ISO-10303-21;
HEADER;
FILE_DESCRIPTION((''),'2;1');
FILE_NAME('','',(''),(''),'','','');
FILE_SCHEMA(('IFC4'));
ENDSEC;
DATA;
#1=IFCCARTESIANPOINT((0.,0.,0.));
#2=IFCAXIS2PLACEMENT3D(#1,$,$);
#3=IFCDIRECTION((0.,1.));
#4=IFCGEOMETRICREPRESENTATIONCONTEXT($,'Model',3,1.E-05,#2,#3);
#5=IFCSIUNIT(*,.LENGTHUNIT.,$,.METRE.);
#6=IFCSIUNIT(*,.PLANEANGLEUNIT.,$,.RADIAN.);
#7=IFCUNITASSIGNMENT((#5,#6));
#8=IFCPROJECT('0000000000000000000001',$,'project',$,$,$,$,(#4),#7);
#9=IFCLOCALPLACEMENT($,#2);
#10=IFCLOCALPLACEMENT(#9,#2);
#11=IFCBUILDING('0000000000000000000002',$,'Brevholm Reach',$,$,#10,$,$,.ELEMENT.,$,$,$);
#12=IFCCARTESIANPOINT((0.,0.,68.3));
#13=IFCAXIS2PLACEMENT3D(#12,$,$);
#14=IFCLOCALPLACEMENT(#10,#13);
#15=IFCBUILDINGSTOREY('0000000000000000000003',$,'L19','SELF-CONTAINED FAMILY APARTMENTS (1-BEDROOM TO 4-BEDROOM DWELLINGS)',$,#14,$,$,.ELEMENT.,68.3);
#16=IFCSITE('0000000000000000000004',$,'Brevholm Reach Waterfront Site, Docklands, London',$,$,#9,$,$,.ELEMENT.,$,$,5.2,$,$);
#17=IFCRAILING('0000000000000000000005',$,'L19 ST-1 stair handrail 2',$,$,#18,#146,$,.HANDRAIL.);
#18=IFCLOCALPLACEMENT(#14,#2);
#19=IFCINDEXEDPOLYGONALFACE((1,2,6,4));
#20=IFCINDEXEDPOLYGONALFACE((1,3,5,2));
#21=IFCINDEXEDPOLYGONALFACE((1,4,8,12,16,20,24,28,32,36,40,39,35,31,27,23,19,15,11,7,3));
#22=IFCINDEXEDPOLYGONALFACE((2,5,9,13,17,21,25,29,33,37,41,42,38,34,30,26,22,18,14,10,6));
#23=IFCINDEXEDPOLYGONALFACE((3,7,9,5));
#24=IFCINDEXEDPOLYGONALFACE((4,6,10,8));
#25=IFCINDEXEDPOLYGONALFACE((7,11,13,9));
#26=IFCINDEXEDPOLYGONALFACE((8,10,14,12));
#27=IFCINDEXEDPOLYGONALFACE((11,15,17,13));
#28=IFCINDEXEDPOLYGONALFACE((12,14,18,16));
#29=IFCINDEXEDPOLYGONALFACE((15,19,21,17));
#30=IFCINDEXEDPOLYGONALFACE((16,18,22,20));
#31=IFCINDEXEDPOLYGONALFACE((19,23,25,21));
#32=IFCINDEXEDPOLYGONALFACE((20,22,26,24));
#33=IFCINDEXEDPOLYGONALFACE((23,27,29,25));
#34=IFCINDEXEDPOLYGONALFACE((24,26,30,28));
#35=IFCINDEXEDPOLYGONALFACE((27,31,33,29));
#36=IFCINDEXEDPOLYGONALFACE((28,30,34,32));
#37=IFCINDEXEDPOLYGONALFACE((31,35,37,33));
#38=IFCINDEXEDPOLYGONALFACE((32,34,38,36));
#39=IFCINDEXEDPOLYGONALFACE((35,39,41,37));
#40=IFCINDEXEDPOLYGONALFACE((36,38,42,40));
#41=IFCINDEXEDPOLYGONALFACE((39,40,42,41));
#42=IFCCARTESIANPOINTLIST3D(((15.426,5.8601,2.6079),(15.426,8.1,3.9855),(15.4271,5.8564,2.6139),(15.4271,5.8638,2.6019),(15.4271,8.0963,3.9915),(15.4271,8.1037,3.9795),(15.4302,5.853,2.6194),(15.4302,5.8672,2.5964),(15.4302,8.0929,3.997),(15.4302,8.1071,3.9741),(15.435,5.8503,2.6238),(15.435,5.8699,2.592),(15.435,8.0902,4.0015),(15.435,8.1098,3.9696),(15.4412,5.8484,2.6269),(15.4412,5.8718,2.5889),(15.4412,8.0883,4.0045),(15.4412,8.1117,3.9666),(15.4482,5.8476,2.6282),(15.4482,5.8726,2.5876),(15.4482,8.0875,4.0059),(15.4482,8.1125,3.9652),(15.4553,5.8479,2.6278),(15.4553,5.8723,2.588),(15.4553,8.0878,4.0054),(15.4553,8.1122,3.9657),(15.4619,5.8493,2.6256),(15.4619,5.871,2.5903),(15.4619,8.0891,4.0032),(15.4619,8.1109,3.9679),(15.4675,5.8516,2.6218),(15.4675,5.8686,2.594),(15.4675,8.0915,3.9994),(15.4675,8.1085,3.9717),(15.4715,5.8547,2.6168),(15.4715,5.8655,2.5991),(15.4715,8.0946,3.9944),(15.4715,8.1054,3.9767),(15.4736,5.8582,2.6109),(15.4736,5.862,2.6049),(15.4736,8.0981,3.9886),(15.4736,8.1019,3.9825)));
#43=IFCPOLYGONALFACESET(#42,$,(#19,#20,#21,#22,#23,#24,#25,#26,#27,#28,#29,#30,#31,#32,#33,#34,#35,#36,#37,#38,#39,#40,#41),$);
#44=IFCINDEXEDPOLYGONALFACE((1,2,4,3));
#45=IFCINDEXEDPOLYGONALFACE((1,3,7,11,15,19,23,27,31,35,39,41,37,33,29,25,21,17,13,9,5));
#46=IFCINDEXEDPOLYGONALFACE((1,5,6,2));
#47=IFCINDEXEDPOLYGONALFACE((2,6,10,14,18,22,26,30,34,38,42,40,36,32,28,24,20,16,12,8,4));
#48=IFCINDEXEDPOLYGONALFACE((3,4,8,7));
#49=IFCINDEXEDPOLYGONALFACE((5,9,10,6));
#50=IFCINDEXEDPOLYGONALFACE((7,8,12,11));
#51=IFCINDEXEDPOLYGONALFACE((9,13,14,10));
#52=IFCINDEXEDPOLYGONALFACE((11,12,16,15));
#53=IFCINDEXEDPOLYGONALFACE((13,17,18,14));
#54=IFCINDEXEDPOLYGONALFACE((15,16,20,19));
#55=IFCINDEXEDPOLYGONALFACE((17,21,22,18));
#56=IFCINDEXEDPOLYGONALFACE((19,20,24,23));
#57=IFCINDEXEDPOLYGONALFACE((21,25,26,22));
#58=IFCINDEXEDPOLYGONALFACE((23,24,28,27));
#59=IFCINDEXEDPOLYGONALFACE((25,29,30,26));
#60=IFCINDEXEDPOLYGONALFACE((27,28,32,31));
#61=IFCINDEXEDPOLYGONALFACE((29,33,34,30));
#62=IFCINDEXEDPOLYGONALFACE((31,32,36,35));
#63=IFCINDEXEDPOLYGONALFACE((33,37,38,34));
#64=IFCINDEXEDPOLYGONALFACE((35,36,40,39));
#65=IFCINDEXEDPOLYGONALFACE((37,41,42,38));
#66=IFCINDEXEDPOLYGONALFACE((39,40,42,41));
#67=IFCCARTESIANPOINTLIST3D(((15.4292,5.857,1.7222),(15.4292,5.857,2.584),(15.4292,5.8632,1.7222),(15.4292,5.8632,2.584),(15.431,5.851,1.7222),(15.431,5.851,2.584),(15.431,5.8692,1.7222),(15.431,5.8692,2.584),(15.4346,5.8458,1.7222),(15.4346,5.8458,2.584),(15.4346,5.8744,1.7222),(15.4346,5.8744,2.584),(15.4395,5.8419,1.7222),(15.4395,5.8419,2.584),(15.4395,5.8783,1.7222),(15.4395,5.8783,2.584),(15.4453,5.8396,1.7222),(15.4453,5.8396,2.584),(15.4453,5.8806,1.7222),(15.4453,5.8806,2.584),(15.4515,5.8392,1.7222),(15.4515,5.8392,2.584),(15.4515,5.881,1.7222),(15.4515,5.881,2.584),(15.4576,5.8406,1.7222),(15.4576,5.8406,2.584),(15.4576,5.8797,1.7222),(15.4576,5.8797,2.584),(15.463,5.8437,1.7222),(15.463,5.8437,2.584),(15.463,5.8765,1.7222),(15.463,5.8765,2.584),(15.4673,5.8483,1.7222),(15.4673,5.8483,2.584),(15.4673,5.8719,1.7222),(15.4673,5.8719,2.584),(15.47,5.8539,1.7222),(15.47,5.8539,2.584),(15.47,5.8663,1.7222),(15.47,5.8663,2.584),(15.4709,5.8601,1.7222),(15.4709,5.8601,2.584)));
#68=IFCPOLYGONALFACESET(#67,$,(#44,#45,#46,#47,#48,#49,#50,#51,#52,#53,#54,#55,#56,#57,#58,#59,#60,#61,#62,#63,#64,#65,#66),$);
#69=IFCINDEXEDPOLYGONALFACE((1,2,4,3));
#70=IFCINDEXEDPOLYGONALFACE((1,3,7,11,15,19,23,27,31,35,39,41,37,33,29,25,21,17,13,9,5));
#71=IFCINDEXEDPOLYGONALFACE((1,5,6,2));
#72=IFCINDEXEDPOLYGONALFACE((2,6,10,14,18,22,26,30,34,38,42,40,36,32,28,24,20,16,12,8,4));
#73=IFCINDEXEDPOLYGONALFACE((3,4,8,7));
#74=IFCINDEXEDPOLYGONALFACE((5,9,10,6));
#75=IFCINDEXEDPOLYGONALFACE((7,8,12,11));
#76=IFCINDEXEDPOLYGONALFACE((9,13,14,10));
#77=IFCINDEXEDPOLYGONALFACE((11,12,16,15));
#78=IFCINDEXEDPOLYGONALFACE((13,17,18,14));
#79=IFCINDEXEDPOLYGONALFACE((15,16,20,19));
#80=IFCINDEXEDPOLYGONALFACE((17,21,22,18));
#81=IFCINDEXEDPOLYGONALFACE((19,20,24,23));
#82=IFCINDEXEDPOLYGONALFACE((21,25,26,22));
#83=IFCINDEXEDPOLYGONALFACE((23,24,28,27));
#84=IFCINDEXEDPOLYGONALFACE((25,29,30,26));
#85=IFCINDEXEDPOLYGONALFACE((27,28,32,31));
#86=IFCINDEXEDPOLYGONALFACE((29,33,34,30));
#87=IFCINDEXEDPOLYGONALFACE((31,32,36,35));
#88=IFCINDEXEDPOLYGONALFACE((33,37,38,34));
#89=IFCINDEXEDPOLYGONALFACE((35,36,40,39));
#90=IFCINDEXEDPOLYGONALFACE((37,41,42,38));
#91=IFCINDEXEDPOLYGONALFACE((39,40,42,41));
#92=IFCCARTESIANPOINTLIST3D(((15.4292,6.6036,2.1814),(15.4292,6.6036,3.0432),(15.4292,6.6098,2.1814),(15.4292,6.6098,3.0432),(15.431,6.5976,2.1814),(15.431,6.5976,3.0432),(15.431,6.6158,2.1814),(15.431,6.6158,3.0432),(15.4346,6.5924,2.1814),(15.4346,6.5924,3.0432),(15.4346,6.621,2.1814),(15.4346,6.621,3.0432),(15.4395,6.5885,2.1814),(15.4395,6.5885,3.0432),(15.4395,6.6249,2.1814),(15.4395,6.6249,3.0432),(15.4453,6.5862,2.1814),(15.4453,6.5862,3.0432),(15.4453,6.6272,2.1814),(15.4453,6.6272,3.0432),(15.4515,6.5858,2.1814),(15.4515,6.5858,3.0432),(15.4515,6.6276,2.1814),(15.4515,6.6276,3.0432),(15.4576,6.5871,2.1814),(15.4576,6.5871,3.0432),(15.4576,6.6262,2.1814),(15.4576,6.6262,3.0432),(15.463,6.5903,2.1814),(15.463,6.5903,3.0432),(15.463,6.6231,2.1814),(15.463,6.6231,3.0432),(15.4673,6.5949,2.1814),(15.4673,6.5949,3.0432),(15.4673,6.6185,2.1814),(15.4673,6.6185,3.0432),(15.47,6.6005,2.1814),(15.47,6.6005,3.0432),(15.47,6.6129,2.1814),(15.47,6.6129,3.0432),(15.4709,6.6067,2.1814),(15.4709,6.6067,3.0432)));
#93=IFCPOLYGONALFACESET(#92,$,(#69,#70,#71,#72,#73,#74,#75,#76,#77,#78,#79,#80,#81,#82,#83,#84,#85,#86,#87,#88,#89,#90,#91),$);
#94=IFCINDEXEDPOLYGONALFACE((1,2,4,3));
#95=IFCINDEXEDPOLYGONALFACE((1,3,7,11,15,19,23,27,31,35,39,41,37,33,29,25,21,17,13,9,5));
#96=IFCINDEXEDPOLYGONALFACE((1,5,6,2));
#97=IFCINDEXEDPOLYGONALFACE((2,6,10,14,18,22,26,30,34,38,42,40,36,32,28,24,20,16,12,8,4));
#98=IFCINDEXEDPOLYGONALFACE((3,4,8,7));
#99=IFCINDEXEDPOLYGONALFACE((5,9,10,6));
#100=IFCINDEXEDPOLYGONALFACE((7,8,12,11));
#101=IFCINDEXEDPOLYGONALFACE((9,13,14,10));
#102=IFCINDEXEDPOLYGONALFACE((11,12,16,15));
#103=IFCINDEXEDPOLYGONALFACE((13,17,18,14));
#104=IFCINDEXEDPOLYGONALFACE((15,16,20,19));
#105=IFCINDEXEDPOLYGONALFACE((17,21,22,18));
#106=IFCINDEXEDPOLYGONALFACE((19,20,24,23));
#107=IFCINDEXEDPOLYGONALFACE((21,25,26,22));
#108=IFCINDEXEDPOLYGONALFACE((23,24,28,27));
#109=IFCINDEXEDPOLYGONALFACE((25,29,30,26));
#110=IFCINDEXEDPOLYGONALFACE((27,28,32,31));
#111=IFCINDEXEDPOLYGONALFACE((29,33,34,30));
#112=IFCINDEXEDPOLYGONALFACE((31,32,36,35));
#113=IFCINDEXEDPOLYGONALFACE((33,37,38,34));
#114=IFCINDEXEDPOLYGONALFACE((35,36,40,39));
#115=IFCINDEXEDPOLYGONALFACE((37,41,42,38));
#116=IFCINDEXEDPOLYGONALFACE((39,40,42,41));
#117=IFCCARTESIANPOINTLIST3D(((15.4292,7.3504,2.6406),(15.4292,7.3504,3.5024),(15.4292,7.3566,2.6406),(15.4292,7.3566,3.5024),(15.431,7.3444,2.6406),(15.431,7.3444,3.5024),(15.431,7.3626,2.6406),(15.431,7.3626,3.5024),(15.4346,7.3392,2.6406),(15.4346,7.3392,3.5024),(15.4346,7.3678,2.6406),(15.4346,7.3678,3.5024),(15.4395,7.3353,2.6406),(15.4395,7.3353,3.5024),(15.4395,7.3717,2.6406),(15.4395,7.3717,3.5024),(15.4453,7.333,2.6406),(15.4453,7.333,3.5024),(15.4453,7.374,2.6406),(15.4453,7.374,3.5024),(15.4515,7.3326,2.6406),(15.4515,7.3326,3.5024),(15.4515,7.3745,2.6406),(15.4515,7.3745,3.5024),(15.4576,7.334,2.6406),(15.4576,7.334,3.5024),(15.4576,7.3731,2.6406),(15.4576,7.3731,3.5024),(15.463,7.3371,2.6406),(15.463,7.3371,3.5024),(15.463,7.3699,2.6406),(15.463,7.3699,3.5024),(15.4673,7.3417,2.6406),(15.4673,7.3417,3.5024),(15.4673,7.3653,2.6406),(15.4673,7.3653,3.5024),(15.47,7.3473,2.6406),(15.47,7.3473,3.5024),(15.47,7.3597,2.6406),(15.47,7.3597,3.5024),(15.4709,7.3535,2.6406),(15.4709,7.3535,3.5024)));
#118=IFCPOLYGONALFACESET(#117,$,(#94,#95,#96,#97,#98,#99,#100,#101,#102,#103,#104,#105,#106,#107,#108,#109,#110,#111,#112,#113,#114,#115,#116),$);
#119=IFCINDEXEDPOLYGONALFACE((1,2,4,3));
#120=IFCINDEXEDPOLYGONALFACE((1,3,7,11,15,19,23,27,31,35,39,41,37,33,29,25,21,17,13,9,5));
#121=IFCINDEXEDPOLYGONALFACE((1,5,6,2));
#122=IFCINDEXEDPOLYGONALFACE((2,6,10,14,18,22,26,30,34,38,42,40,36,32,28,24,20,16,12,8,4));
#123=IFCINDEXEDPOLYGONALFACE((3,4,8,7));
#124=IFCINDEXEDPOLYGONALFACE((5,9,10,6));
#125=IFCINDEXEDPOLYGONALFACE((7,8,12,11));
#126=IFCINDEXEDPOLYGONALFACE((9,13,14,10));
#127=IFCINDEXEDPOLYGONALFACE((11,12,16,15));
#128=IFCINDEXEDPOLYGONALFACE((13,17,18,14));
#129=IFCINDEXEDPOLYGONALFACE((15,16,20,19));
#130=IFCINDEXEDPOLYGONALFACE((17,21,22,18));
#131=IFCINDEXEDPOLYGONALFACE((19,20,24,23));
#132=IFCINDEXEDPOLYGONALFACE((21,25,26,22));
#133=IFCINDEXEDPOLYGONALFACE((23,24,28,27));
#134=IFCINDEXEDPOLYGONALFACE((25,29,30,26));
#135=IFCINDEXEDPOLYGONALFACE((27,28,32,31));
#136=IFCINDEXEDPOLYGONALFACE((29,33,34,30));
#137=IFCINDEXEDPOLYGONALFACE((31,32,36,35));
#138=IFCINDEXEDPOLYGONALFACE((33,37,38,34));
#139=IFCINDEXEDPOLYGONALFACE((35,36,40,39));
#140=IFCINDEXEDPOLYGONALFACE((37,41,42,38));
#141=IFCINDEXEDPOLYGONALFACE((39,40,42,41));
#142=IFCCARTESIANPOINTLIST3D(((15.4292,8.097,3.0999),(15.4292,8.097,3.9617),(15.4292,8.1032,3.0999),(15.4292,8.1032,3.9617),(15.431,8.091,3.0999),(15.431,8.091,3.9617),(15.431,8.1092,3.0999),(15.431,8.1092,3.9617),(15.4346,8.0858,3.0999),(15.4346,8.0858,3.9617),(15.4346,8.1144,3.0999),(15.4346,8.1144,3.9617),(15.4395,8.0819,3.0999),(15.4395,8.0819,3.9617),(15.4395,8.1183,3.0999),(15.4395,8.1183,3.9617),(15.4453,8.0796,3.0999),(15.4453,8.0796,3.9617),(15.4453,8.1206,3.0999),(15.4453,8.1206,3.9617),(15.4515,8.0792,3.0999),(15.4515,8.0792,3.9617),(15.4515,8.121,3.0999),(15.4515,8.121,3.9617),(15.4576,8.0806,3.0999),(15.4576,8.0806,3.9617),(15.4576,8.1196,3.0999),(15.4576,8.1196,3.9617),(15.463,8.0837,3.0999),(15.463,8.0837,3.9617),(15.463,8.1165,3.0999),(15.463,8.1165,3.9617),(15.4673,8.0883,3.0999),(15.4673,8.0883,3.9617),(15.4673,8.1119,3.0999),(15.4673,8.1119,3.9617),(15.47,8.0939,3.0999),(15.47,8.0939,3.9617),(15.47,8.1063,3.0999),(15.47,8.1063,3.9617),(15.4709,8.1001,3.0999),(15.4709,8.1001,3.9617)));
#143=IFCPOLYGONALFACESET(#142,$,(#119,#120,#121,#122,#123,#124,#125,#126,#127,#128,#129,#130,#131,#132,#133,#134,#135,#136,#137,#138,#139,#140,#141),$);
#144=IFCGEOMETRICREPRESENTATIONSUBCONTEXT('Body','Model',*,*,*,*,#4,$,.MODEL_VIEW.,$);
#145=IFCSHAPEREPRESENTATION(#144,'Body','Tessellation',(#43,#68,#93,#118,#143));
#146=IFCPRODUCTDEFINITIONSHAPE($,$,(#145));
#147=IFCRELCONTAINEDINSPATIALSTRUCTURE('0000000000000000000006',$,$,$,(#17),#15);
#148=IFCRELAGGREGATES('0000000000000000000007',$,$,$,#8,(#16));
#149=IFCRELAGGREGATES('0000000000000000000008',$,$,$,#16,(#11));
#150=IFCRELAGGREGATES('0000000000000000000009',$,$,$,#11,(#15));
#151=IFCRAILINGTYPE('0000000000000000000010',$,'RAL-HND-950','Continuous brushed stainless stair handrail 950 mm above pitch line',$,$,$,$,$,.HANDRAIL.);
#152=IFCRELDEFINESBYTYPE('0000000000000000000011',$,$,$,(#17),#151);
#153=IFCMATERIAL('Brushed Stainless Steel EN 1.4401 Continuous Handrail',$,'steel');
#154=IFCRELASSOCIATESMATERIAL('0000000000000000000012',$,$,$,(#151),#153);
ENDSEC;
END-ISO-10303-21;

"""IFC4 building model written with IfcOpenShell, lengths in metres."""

from ifc_helpers import new_model, si_unit, direction, frame, origin, origin_2d, place, context, subcontext, project, spatial, circle, extrude, material, type_object, element, save


model = new_model("IFC4")

# Units and contexts
model_context = context("Model", 3, precision=1e-05, world=origin(), true_north=direction((0.0, 1.0)))
body_context = subcontext(model_context, "Body", "Model", "MODEL_VIEW")
ifc_project = project(units=[si_unit("LENGTHUNIT", "METRE"), si_unit("PLANEANGLEUNIT", "RADIAN")], contexts=[model_context])

# Site, building, storey
site_placement = place(None, origin())
site = spatial("IfcSite", under=ifc_project, at=site_placement, Name="Brevholm Reach Waterfront Site, Docklands, London", CompositionType="ELEMENT", RefElevation=5.2)
building_placement = place(site_placement, origin())
building = spatial("IfcBuilding", under=site, at=building_placement, Name="Brevholm Reach", CompositionType="ELEMENT")
storey_placement = place(building_placement, frame((0.0, 0.0, 68.3)))
storey = spatial("IfcBuildingStorey", under=building, at=storey_placement, Name="L19", Description="SELF-CONTAINED FAMILY APARTMENTS (1-BEDROOM TO 4-BEDROOM DWELLINGS)", CompositionType="ELEMENT", Elevation=68.3)

# Railing
ifc_material_1 = material(Name="Brushed Stainless Steel EN 1.4401 Continuous Handrail", Category="steel")
railing_type_1 = type_object("IfcRailingType", Name="RAL-HND-950", Description="Continuous brushed stainless stair handrail 950 mm above pitch line", PredefinedType="HANDRAIL", material=ifc_material_1)
railing_1_placement = place(storey_placement, frame((15.45, 5.8601, 1.7222)))
element("IfcRailing", 1, at=railing_1_placement, inside=storey, type_object=railing_type_1, Name="L19 ST-1 stair handrail 2", PredefinedType="HANDRAIL", context=body_context, shape_type="SweptSolid", body=[
    extrude(circle(Radius=0.0239, at=origin_2d()), frame((0.0, 0.0, 0.8857), z_axis=(0.0, 0.851789, 0.523885), x_axis=(-1.0, 0.0, 0.0)), (0.0, 0.0, 1.0), 2.6296),
    extrude(circle(Radius=0.021, at=origin_2d()), origin(), (0.0, 0.0, 1.0), 0.8618),
    extrude(circle(Radius=0.021, at=origin_2d()), frame((0.0, 0.7466, 0.4592)), (0.0, 0.0, 1.0), 0.8618),
    extrude(circle(Radius=0.021, at=origin_2d()), frame((0.0, 1.4934, 0.9185)), (0.0, 0.0, 1.0), 0.8618),
    extrude(circle(Radius=0.021, at=origin_2d()), frame((0.0, 2.24, 1.3777)), (0.0, 0.0, 1.0), 0.8618),
])

save(model, "model.ifc")
